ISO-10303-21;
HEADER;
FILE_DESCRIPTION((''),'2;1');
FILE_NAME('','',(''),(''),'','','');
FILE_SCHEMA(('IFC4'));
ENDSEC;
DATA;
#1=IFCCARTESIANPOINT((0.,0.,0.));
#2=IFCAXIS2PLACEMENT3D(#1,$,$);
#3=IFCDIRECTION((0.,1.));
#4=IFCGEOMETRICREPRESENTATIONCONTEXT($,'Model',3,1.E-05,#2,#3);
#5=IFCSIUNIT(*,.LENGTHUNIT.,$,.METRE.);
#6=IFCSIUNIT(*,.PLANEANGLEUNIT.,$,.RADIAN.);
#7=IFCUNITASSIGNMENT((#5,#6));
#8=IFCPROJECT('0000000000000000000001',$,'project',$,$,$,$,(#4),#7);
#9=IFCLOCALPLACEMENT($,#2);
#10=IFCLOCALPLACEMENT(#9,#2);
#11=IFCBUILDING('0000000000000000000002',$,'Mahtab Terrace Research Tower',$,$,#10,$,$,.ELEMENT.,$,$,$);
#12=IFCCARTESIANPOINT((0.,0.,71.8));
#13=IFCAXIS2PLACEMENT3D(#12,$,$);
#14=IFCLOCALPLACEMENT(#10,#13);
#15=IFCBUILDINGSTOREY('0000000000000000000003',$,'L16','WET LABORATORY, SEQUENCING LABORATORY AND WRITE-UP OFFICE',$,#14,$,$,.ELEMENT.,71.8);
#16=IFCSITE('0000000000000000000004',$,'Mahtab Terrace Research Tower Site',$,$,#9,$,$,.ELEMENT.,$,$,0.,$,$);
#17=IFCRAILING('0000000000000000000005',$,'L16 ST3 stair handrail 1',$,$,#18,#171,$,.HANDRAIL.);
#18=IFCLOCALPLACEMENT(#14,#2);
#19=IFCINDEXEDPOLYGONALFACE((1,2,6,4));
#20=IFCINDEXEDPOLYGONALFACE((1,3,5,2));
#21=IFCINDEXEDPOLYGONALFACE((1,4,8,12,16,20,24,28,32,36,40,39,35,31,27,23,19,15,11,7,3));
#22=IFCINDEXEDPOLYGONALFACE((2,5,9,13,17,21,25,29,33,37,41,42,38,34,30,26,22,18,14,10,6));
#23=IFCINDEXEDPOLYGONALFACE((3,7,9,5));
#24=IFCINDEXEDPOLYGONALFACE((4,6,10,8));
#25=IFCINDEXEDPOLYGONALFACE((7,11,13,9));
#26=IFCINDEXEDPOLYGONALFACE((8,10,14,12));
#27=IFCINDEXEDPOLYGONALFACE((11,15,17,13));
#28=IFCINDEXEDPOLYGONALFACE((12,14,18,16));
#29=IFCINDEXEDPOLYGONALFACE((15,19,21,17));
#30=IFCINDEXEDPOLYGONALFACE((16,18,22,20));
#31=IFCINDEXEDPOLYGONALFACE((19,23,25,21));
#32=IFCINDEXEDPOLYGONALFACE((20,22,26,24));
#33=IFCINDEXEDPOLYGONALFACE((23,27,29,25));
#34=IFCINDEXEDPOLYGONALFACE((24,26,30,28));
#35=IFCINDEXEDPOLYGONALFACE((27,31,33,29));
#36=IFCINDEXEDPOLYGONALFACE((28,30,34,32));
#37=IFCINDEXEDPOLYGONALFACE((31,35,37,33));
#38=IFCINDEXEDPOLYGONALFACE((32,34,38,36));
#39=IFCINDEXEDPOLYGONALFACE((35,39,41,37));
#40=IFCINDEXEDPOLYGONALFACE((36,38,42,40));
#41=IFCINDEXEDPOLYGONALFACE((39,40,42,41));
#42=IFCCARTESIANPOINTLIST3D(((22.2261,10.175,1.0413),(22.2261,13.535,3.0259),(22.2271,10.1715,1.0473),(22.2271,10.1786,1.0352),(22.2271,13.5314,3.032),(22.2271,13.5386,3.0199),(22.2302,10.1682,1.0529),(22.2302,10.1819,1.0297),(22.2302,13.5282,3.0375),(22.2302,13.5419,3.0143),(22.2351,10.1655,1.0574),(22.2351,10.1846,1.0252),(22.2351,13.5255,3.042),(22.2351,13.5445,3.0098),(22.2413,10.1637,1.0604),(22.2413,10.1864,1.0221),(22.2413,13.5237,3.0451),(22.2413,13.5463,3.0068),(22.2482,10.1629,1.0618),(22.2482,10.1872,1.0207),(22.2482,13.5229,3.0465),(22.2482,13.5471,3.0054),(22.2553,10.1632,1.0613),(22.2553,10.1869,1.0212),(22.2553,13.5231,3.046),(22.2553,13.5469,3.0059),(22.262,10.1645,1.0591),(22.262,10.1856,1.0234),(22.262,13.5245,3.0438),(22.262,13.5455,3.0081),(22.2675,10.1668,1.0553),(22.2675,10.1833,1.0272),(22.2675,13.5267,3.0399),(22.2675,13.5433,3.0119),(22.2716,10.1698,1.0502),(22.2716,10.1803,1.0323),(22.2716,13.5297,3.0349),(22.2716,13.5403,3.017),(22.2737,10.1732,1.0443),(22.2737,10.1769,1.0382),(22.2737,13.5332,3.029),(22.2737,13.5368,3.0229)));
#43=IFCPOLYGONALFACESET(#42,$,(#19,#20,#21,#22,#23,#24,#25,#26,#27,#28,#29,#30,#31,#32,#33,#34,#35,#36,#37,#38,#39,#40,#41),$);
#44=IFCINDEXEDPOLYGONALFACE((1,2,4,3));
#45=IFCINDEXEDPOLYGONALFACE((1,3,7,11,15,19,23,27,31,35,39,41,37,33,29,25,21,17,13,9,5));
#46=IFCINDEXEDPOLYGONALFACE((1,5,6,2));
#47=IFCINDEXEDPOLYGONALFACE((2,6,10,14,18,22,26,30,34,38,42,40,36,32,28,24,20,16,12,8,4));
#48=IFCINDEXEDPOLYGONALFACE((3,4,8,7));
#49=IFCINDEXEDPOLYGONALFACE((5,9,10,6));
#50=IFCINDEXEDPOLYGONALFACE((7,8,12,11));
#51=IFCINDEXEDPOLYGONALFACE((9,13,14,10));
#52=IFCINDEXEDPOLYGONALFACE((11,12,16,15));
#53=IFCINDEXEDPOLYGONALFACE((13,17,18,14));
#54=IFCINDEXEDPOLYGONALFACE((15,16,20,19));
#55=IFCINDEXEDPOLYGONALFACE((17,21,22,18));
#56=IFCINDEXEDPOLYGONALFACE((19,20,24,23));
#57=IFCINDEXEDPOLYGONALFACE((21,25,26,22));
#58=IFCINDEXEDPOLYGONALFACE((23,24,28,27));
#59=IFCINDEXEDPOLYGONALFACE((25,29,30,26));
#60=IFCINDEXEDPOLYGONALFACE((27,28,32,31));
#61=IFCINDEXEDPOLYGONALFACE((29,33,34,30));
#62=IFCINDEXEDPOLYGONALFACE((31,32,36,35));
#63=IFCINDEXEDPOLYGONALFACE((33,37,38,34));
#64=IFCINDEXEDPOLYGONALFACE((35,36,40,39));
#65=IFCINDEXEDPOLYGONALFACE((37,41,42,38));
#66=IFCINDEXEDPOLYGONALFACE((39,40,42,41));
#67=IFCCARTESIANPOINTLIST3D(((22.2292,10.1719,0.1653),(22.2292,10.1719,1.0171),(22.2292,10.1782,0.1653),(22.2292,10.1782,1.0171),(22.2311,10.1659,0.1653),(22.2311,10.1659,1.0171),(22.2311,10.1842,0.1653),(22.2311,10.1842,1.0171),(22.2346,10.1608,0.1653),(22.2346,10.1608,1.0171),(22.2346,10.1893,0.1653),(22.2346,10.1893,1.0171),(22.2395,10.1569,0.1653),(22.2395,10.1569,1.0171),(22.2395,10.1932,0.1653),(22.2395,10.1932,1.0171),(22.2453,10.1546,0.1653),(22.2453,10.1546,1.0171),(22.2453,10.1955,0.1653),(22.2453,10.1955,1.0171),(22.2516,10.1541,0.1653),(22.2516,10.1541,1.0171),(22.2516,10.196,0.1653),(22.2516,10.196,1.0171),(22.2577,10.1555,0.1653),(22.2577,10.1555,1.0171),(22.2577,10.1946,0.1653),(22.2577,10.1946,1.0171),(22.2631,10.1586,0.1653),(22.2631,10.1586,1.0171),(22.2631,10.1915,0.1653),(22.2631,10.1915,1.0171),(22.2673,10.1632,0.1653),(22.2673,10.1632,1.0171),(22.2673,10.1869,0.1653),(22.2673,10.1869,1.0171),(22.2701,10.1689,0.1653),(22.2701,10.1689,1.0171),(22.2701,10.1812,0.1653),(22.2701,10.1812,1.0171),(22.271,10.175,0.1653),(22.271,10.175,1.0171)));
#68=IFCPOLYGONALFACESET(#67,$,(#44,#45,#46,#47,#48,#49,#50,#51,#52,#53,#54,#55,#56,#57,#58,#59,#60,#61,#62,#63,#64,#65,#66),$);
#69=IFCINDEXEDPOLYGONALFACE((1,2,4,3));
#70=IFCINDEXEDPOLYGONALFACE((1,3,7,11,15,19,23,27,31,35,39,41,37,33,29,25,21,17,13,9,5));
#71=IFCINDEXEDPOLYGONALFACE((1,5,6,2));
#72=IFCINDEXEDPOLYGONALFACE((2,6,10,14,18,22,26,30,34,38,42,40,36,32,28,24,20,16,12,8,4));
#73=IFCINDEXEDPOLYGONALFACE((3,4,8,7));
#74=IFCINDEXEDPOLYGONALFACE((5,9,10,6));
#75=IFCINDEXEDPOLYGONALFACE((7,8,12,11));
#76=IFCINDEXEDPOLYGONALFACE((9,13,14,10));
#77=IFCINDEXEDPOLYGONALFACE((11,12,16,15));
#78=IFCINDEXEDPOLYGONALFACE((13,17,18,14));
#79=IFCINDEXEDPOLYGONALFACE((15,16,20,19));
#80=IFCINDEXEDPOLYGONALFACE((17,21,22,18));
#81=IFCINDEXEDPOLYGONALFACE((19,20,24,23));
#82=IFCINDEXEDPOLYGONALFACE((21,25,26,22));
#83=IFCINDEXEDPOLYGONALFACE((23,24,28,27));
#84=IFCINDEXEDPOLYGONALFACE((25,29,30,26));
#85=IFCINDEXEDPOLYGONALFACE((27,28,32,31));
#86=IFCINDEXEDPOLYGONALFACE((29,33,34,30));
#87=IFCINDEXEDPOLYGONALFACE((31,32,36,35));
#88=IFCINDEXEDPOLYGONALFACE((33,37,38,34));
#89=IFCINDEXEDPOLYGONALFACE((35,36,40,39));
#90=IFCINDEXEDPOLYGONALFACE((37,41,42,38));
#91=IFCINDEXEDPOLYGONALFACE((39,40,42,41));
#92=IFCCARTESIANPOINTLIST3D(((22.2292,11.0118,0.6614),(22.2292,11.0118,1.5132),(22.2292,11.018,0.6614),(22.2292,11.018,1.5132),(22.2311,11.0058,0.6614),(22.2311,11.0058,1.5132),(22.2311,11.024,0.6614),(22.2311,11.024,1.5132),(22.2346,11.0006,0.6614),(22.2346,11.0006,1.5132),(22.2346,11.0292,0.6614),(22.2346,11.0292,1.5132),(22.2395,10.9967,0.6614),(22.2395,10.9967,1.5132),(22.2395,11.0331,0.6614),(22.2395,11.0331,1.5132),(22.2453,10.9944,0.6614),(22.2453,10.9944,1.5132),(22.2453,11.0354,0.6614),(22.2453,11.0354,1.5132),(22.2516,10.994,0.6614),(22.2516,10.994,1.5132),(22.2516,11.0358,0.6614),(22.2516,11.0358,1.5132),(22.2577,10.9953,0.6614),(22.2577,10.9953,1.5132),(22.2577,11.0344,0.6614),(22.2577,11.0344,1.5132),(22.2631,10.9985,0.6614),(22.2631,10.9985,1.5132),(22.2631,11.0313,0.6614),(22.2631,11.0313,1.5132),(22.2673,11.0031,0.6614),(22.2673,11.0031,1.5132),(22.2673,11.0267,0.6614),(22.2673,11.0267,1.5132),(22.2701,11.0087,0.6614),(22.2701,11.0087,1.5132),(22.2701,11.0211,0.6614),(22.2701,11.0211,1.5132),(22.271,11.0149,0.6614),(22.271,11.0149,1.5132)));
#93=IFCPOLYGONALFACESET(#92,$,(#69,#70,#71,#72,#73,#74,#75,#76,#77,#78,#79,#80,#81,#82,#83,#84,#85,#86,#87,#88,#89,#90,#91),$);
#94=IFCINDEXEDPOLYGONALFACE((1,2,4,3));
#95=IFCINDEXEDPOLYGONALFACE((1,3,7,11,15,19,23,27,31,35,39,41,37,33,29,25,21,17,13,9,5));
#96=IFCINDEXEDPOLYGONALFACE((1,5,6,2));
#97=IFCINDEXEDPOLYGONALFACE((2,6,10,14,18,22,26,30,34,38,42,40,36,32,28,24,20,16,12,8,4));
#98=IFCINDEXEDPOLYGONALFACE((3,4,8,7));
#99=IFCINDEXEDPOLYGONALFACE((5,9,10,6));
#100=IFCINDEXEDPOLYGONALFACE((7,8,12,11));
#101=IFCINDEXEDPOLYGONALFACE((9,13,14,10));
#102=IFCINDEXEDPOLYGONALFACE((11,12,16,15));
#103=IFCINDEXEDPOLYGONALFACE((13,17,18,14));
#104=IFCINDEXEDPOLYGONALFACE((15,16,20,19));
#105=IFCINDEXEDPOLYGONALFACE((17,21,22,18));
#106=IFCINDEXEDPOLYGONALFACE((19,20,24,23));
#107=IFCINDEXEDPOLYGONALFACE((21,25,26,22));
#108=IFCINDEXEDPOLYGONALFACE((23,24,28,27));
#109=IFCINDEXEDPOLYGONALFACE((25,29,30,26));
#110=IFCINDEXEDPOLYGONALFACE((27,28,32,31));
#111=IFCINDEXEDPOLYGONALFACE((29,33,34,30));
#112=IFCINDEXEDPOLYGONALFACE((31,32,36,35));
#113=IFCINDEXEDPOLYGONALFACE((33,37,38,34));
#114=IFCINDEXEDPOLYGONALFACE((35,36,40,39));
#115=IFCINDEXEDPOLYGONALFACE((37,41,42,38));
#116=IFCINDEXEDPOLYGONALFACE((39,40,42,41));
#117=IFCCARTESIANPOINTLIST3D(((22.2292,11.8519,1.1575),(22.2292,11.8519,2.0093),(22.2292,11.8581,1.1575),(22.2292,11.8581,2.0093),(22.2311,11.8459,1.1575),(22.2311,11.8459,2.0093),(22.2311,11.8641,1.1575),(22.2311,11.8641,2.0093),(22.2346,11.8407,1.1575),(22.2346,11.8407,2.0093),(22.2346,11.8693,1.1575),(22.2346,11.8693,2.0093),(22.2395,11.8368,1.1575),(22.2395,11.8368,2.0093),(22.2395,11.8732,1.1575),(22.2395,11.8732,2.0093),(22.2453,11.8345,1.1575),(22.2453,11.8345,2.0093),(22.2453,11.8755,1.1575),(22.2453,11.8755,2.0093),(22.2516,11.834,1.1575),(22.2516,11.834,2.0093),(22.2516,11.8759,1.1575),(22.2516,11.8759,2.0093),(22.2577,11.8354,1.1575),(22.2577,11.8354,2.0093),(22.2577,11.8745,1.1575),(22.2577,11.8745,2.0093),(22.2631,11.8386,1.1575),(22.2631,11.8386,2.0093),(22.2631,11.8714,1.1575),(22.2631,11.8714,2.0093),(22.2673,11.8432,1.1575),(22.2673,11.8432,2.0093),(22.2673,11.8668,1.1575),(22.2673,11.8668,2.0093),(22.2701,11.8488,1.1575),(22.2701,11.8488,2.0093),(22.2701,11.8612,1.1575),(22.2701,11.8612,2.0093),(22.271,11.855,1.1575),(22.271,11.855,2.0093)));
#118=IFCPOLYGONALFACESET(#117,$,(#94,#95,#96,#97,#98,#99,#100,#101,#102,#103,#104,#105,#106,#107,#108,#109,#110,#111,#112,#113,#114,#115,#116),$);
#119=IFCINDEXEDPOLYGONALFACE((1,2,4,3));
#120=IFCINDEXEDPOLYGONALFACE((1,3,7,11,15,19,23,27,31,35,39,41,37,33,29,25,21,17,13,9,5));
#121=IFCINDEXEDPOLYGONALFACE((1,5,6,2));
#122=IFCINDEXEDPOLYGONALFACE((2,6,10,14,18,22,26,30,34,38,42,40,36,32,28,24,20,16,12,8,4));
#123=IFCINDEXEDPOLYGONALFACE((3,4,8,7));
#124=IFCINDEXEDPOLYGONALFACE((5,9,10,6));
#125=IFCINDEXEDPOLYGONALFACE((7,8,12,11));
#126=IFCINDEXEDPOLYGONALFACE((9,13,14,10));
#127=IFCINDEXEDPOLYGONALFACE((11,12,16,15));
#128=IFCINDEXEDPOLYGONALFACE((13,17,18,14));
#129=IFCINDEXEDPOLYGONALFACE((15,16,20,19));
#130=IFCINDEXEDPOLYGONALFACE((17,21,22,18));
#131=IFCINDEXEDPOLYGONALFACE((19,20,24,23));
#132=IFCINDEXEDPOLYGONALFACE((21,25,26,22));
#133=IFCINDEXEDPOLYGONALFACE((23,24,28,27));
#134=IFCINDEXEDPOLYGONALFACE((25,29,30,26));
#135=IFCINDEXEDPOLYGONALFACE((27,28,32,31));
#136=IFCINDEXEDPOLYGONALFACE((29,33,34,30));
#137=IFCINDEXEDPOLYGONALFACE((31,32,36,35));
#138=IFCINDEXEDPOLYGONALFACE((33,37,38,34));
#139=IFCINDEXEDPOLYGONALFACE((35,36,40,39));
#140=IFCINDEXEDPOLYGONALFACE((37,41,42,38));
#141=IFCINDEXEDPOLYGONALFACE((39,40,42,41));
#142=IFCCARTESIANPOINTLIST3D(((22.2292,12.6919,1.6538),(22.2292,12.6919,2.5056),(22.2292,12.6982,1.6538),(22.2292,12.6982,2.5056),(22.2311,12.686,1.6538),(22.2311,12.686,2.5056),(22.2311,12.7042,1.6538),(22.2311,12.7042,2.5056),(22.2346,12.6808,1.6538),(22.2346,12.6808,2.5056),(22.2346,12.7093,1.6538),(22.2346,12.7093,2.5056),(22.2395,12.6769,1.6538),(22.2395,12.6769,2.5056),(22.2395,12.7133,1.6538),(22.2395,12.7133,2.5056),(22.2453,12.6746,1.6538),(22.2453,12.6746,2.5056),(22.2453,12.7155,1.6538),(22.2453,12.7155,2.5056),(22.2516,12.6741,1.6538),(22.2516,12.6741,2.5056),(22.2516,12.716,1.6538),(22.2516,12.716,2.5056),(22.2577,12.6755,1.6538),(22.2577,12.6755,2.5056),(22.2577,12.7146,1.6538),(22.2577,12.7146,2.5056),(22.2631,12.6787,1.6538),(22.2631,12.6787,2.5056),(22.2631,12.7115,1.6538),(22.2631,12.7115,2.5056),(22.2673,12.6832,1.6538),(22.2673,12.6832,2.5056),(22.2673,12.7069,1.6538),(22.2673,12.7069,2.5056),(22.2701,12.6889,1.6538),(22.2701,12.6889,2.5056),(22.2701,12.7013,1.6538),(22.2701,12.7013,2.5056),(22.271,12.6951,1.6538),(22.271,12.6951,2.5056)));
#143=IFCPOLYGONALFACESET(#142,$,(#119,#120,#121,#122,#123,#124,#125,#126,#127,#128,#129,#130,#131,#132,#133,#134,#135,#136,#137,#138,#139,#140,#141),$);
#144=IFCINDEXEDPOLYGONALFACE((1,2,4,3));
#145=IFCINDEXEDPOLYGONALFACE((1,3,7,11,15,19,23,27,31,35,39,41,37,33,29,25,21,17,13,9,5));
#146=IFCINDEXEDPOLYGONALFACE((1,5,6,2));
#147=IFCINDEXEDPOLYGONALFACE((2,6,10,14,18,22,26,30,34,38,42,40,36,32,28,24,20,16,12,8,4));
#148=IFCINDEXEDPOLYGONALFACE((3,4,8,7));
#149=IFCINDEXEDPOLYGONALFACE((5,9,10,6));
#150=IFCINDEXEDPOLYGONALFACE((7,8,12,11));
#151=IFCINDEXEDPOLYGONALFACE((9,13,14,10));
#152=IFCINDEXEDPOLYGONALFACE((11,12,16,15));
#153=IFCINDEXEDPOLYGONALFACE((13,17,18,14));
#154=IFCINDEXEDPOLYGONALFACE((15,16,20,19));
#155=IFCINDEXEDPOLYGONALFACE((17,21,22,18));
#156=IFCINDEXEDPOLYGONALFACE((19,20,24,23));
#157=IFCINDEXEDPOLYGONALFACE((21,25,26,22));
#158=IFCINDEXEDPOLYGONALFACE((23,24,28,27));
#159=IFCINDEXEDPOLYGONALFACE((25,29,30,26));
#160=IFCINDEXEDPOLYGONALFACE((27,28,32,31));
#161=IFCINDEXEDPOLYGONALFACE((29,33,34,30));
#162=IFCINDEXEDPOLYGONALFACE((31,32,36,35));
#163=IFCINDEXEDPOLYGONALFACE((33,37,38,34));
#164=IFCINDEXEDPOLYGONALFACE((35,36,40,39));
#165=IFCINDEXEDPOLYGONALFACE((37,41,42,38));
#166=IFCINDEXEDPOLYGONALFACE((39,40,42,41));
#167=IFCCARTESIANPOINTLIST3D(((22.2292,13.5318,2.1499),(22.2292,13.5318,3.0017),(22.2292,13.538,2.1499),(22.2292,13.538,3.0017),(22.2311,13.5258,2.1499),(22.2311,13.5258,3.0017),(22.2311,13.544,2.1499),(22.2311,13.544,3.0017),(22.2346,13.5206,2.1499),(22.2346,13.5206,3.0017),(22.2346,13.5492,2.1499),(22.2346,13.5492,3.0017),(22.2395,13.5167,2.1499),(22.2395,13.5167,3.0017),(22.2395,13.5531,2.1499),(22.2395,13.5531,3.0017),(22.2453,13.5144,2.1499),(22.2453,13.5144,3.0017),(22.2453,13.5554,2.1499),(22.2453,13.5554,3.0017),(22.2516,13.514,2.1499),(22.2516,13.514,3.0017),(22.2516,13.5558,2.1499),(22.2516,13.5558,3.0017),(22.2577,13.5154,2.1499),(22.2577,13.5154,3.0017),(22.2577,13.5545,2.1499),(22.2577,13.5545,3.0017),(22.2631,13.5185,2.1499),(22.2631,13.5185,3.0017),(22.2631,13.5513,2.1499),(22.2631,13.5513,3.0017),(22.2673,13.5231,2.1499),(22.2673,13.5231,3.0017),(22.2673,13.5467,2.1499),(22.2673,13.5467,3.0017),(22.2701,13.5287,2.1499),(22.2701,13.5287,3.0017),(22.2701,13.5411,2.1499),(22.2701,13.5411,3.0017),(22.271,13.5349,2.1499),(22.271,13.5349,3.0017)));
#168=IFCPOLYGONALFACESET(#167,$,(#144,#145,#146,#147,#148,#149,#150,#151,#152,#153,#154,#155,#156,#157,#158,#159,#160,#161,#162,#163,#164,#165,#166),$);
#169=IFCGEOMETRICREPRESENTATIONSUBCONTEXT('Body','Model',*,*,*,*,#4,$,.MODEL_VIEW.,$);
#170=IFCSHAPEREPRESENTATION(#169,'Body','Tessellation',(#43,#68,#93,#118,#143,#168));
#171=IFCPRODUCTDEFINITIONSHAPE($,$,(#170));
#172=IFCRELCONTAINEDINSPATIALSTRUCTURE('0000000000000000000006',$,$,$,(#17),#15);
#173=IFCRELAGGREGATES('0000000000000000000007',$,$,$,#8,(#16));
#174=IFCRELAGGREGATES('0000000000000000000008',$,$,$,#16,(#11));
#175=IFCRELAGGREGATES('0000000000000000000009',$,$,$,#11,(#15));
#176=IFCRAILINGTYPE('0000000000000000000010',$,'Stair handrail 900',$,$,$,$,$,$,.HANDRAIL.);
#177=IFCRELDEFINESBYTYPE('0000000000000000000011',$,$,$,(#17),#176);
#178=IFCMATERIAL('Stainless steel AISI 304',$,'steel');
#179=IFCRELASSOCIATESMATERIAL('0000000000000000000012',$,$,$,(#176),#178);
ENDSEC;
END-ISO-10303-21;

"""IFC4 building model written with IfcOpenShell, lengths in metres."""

from ifc_helpers import new_model, si_unit, direction, frame, origin, origin_2d, place, context, subcontext, project, spatial, circle, extrude, material, type_object, element, save


model = new_model("IFC4")

# Units and contexts
model_context = context("Model", 3, precision=1e-05, world=origin(), true_north=direction((0.0, 1.0)))
body_context = subcontext(model_context, "Body", "Model", "MODEL_VIEW")
ifc_project = project(units=[si_unit("LENGTHUNIT", "METRE"), si_unit("PLANEANGLEUNIT", "RADIAN")], contexts=[model_context])

# Site, building, storey
site_placement = place(None, origin())
site = spatial("IfcSite", under=ifc_project, at=site_placement, Name="Mahtab Terrace Research Tower Site", CompositionType="ELEMENT", RefElevation=0.0)
building_placement = place(site_placement, origin())
building = spatial("IfcBuilding", under=site, at=building_placement, Name="Mahtab Terrace Research Tower", CompositionType="ELEMENT")
storey_placement = place(building_placement, frame((0.0, 0.0, 71.8)))
storey = spatial("IfcBuildingStorey", under=building, at=storey_placement, Name="L16", Description="WET LABORATORY, SEQUENCING LABORATORY AND WRITE-UP OFFICE", CompositionType="ELEMENT", Elevation=71.8)

# Railing
ifc_material_1 = material(Name="Stainless steel AISI 304", Category="steel")
railing_type_1 = type_object("IfcRailingType", Name="Stair handrail 900", PredefinedType="HANDRAIL", material=ifc_material_1)
railing_1_placement = place(storey_placement, frame((22.25, 10.175, 0.1653)))
element("IfcRailing", 1, at=railing_1_placement, inside=storey, type_object=railing_type_1, Name="L16 ST3 stair handrail 1", PredefinedType="HANDRAIL", context=body_context, shape_type="SweptSolid", body=[
    extrude(circle(Radius=0.0239, at=origin_2d()), frame((0.0, 0.0, 0.876), z_axis=(0.0, 0.861011, 0.508586), x_axis=(-1.0, 0.0, 0.0)), (0.0, 0.0, 1.0), 3.9023),
    extrude(circle(Radius=0.021, at=origin_2d()), origin(), (0.0, 0.0, 1.0), 0.8518),
    extrude(circle(Radius=0.021, at=origin_2d()), frame((0.0, 0.8398, 0.4961)), (0.0, 0.0, 1.0), 0.8518),
    extrude(circle(Radius=0.021, at=origin_2d()), frame((0.0, 1.6799, 0.9922)), (0.0, 0.0, 1.0), 0.8518),
    extrude(circle(Radius=0.021, at=origin_2d()), frame((0.0, 2.52, 1.4885)), (0.0, 0.0, 1.0), 0.8518),
    extrude(circle(Radius=0.021, at=origin_2d()), frame((0.0, 3.3599, 1.9846)), (0.0, 0.0, 1.0), 0.8518),
])

save(model, "model.ifc")
